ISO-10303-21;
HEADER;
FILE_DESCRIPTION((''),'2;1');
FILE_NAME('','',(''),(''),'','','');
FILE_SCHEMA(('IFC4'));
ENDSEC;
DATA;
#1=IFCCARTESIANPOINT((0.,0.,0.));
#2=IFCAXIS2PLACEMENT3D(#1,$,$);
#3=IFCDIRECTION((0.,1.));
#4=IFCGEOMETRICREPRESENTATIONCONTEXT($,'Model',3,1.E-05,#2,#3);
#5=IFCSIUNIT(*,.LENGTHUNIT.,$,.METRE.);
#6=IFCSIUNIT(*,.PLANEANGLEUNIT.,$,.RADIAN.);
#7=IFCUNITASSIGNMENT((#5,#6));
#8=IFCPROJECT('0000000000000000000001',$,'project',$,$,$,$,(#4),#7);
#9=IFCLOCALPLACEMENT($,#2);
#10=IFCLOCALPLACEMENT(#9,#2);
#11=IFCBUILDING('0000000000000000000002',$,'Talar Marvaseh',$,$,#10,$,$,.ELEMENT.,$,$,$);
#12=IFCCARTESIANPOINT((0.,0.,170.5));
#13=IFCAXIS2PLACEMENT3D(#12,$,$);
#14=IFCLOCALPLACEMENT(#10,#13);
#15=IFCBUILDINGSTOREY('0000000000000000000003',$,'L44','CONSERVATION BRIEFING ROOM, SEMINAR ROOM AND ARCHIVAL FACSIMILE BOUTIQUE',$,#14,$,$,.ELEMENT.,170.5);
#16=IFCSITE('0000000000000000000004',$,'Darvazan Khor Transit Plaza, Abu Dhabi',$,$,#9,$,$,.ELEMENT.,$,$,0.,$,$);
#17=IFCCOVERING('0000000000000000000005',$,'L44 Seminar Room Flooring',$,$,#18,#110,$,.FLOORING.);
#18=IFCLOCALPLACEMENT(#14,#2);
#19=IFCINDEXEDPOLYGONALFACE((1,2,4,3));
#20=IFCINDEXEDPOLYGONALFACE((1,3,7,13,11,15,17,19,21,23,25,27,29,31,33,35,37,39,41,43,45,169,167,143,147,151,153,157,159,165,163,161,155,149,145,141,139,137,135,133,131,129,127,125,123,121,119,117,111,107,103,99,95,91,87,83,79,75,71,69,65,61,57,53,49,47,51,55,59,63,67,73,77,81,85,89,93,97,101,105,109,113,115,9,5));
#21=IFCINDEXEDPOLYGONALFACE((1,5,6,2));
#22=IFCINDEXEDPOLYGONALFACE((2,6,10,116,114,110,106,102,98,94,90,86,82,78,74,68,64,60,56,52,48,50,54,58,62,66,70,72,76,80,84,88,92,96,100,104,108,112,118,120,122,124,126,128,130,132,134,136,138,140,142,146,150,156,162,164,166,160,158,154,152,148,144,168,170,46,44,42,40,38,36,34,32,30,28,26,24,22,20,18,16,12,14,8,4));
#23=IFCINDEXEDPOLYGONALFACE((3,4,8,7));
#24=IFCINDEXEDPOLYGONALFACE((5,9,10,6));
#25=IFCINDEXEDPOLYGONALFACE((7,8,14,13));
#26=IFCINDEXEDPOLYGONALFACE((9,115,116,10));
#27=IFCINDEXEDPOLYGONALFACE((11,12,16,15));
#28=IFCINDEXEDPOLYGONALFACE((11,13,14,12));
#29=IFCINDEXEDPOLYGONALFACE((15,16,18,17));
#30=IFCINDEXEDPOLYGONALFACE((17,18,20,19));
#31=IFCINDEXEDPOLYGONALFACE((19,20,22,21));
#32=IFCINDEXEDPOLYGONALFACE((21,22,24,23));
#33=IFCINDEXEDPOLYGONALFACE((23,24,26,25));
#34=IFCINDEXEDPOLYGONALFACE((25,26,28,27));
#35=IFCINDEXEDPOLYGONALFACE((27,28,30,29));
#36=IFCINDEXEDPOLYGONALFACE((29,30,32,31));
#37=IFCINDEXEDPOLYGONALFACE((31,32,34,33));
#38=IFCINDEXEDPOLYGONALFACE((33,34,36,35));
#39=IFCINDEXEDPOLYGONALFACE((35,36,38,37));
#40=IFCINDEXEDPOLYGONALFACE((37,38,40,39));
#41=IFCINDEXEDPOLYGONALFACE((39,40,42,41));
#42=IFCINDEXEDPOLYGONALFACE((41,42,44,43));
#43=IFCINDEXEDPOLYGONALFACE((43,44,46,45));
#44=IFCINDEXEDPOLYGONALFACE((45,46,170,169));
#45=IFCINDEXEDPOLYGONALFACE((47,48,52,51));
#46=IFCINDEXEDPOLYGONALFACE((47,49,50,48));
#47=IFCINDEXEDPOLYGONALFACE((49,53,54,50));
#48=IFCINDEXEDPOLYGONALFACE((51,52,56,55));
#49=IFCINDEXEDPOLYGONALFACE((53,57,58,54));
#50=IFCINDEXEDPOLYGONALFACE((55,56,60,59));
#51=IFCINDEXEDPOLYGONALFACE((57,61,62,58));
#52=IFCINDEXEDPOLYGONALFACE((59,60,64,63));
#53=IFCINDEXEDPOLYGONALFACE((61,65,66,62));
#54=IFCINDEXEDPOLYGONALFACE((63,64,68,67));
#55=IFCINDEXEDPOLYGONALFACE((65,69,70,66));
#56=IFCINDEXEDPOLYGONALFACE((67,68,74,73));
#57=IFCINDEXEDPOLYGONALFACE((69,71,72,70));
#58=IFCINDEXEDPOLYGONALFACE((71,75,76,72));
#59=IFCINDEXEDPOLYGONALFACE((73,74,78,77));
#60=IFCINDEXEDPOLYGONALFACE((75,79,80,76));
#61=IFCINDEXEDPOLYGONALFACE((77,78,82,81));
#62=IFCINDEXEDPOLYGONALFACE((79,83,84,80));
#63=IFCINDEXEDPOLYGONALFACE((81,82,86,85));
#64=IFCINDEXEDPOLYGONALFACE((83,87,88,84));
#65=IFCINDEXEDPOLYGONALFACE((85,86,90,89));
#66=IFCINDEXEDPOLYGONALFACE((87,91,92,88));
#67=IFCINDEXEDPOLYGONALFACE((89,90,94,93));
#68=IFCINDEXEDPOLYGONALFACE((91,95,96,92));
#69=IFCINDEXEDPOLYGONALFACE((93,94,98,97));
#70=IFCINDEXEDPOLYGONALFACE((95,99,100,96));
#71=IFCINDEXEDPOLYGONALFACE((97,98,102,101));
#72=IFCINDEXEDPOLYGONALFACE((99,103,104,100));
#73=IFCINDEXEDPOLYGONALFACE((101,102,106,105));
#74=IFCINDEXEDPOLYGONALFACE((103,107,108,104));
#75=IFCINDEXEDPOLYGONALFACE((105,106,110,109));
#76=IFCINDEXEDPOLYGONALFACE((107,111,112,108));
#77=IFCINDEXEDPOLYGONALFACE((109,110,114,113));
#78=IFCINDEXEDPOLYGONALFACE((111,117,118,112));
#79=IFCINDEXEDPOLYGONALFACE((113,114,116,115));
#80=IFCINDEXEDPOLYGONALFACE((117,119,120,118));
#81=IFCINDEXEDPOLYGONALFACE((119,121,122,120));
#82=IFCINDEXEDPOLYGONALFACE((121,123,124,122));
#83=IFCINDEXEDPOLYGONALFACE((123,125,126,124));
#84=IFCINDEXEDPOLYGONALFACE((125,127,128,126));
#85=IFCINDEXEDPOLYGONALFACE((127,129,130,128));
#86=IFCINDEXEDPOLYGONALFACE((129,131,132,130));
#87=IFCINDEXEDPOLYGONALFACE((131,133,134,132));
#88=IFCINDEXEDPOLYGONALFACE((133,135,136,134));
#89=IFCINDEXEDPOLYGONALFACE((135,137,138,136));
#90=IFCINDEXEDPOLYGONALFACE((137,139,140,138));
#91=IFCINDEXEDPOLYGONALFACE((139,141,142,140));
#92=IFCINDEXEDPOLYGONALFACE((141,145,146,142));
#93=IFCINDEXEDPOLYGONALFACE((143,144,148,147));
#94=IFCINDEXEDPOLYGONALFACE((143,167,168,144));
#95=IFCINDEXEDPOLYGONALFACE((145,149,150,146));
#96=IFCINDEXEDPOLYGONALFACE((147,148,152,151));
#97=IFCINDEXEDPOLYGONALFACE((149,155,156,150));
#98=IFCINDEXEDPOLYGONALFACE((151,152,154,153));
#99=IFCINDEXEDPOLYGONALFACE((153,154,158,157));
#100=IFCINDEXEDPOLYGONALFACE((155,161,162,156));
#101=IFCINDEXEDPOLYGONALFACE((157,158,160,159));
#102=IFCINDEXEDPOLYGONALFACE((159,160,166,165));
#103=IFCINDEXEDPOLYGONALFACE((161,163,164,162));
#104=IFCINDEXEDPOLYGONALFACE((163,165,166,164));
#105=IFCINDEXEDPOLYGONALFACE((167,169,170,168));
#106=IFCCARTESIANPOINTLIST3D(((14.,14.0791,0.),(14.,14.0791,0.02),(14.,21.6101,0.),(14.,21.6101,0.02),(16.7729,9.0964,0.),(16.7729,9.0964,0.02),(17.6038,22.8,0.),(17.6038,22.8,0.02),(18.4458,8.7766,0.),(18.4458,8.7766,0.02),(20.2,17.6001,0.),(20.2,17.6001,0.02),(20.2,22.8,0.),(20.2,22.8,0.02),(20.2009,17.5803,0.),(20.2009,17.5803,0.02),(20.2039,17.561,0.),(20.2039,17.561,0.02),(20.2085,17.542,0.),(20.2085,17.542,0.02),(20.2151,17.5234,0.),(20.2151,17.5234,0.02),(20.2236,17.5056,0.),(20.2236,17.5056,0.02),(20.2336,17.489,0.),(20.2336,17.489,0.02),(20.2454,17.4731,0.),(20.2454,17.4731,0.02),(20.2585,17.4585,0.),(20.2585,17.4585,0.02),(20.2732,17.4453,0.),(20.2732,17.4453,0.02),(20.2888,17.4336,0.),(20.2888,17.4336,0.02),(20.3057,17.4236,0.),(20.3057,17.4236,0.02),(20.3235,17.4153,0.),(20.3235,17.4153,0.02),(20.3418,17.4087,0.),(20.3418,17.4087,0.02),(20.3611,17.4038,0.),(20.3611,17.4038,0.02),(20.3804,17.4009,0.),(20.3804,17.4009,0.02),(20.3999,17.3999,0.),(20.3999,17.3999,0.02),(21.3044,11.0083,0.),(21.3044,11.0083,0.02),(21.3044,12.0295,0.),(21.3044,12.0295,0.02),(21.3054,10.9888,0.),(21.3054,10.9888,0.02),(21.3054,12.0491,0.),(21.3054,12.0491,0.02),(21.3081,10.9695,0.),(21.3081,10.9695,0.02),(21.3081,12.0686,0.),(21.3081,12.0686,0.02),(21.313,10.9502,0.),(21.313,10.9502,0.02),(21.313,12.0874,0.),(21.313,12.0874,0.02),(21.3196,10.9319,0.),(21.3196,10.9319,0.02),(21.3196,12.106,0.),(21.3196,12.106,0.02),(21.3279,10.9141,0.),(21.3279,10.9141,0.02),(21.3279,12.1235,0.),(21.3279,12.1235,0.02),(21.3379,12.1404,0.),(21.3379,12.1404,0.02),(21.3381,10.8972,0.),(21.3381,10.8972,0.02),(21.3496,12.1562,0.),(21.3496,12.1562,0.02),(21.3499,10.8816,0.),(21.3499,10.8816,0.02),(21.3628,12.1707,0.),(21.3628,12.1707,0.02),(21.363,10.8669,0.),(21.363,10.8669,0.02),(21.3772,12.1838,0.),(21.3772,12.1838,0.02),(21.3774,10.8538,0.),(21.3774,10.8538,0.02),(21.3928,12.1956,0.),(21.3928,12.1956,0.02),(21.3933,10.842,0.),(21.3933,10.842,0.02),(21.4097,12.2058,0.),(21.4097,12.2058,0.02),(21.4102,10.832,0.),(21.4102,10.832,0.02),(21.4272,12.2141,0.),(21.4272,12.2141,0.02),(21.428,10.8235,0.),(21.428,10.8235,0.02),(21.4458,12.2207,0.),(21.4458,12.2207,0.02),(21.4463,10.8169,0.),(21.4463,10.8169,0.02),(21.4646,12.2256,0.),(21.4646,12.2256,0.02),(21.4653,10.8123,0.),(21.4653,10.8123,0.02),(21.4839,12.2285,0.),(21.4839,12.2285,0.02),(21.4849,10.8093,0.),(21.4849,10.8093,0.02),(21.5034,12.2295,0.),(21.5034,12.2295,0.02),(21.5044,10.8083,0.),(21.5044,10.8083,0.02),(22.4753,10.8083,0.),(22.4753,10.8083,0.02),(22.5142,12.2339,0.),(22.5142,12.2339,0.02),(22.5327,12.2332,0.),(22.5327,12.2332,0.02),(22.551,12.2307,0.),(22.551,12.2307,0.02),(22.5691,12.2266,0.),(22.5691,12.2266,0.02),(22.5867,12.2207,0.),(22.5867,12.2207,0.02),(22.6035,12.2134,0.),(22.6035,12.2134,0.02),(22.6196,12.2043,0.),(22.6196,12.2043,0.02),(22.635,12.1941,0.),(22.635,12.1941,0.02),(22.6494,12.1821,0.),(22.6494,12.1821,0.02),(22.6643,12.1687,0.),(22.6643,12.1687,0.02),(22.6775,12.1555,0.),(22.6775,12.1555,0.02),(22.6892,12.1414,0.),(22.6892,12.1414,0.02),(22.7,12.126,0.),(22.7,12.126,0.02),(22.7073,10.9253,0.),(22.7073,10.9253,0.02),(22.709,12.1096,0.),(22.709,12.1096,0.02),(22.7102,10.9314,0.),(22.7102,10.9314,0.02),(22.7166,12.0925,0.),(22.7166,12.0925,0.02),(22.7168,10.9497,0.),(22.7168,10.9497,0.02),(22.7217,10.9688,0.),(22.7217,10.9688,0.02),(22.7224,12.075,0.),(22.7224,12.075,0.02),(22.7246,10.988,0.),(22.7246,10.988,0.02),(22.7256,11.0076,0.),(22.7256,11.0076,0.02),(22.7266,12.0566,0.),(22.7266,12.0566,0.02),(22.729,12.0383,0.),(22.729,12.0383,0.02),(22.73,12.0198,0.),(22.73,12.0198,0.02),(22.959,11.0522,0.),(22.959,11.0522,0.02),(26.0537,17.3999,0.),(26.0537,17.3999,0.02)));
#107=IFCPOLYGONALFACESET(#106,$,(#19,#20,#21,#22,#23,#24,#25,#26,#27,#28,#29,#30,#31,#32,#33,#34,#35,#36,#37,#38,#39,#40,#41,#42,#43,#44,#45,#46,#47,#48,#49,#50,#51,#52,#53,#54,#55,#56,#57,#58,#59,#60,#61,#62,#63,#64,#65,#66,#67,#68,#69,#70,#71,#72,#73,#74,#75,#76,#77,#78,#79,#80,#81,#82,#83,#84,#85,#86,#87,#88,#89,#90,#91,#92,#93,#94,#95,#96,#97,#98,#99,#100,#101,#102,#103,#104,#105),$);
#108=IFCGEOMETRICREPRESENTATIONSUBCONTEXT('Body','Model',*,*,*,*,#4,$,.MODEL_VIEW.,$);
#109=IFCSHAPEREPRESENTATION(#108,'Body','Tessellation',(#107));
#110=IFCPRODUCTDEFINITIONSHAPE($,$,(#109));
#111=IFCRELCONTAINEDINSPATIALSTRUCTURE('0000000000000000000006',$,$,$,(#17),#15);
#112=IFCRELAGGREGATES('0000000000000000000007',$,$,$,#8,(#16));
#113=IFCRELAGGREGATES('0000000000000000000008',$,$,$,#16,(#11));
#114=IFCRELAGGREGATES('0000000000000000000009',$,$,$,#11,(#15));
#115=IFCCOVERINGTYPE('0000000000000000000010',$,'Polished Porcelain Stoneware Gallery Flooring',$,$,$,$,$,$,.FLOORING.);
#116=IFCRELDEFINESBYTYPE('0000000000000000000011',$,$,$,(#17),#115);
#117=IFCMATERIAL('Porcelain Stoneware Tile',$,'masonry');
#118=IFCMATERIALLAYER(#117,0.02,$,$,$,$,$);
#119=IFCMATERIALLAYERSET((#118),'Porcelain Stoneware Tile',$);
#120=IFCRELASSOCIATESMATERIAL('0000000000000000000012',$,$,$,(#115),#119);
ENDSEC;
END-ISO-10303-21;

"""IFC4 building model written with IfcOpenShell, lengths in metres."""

from ifc_helpers import new_model, si_unit, direction, frame, origin, place, context, subcontext, project, spatial, polyline, outline, extrude, material, layer, layer_set, type_object, element, save


model = new_model("IFC4")

# Units and contexts
model_context = context("Model", 3, precision=1e-05, world=origin(), true_north=direction((0.0, 1.0)))
body_context = subcontext(model_context, "Body", "Model", "MODEL_VIEW")
ifc_project = project(units=[si_unit("LENGTHUNIT", "METRE"), si_unit("PLANEANGLEUNIT", "RADIAN")], contexts=[model_context])

# Site, building, storey
site_placement = place(None, origin())
site = spatial("IfcSite", under=ifc_project, at=site_placement, Name="Darvazan Khor Transit Plaza, Abu Dhabi", CompositionType="ELEMENT", RefElevation=0.0)
building_placement = place(site_placement, origin())
building = spatial("IfcBuilding", under=site, at=building_placement, Name="Talar Marvaseh", CompositionType="ELEMENT")
storey_placement = place(building_placement, frame((0.0, 0.0, 170.5)))
storey = spatial("IfcBuildingStorey", under=building, at=storey_placement, Name="L44", Description="CONSERVATION BRIEFING ROOM, SEMINAR ROOM AND ARCHIVAL FACSIMILE BOUTIQUE", CompositionType="ELEMENT", Elevation=170.5)

# Covering
ifc_material_1 = material(Name="Porcelain Stoneware Tile", Category="masonry")
ifc_layer_1 = layer(ifc_material_1, 0.02)
ifc_layer_set_1 = layer_set([ifc_layer_1], Name="Porcelain Stoneware Tile")
covering_type_1 = type_object("IfcCoveringType", Name="Polished Porcelain Stoneware Gallery Flooring", PredefinedType="FLOORING", material=ifc_layer_set_1)
covering_1_placement = place(storey_placement, origin())
element("IfcCovering", 1, at=covering_1_placement, inside=storey, type_object=covering_type_1, Name="L44 Seminar Room Flooring", PredefinedType="FLOORING", context=body_context, shape_type="SweptSolid", body=[
    extrude(outline(polyline([(14.0, 21.6101), (17.6038, 22.8), (20.2, 22.8), (20.2, 17.6001), (20.2009, 17.5803), (20.2039, 17.561), (20.2085, 17.542), (20.2151, 17.5234), (20.2236, 17.5056), (20.2336, 17.489), (20.2454, 17.4731), (20.2585, 17.4585), (20.2732, 17.4453), (20.2888, 17.4336), (20.3057, 17.4236), (20.3235, 17.4153), (20.3418, 17.4087), (20.3611, 17.4038), (20.3804, 17.4009), (20.3999, 17.3999), (26.0537, 17.3999), (22.959, 11.0522), (22.7073, 10.9253), (22.7102, 10.9314), (22.7168, 10.9497), (22.7217, 10.9688), (22.7246, 10.988), (22.7256, 11.0076), (22.73, 12.0198), (22.729, 12.0383), (22.7266, 12.0566), (22.7224, 12.075), (22.7166, 12.0925), (22.709, 12.1096), (22.7, 12.126), (22.6892, 12.1414), (22.6775, 12.1555), (22.6643, 12.1687), (22.6494, 12.1821), (22.635, 12.1941), (22.6196, 12.2043), (22.6035, 12.2134), (22.5867, 12.2207), (22.5691, 12.2266), (22.551, 12.2307), (22.5327, 12.2332), (22.5142, 12.2339), (21.5034, 12.2295), (21.4839, 12.2285), (21.4646, 12.2256), (21.4458, 12.2207), (21.4272, 12.2141), (21.4097, 12.2058), (21.3928, 12.1956), (21.3772, 12.1838), (21.3628, 12.1707), (21.3496, 12.1562), (21.3379, 12.1404), (21.3279, 12.1235), (21.3196, 12.106), (21.313, 12.0874), (21.3081, 12.0686), (21.3054, 12.0491), (21.3044, 12.0295), (21.3044, 11.0083), (21.3054, 10.9888), (21.3081, 10.9695), (21.313, 10.9502), (21.3196, 10.9319), (21.3279, 10.9141), (21.3381, 10.8972), (21.3499, 10.8816), (21.363, 10.8669), (21.3774, 10.8538), (21.3933, 10.842), (21.4102, 10.832), (21.428, 10.8235), (21.4463, 10.8169), (21.4653, 10.8123), (21.4849, 10.8093), (21.5044, 10.8083), (22.4753, 10.8083), (18.4458, 8.7766), (16.7729, 9.0964), (14.0, 14.0791), (14.0, 21.6101)])), origin(), (0.0, 0.0, 1.0), 0.02),
])

save(model, "model.ifc")
